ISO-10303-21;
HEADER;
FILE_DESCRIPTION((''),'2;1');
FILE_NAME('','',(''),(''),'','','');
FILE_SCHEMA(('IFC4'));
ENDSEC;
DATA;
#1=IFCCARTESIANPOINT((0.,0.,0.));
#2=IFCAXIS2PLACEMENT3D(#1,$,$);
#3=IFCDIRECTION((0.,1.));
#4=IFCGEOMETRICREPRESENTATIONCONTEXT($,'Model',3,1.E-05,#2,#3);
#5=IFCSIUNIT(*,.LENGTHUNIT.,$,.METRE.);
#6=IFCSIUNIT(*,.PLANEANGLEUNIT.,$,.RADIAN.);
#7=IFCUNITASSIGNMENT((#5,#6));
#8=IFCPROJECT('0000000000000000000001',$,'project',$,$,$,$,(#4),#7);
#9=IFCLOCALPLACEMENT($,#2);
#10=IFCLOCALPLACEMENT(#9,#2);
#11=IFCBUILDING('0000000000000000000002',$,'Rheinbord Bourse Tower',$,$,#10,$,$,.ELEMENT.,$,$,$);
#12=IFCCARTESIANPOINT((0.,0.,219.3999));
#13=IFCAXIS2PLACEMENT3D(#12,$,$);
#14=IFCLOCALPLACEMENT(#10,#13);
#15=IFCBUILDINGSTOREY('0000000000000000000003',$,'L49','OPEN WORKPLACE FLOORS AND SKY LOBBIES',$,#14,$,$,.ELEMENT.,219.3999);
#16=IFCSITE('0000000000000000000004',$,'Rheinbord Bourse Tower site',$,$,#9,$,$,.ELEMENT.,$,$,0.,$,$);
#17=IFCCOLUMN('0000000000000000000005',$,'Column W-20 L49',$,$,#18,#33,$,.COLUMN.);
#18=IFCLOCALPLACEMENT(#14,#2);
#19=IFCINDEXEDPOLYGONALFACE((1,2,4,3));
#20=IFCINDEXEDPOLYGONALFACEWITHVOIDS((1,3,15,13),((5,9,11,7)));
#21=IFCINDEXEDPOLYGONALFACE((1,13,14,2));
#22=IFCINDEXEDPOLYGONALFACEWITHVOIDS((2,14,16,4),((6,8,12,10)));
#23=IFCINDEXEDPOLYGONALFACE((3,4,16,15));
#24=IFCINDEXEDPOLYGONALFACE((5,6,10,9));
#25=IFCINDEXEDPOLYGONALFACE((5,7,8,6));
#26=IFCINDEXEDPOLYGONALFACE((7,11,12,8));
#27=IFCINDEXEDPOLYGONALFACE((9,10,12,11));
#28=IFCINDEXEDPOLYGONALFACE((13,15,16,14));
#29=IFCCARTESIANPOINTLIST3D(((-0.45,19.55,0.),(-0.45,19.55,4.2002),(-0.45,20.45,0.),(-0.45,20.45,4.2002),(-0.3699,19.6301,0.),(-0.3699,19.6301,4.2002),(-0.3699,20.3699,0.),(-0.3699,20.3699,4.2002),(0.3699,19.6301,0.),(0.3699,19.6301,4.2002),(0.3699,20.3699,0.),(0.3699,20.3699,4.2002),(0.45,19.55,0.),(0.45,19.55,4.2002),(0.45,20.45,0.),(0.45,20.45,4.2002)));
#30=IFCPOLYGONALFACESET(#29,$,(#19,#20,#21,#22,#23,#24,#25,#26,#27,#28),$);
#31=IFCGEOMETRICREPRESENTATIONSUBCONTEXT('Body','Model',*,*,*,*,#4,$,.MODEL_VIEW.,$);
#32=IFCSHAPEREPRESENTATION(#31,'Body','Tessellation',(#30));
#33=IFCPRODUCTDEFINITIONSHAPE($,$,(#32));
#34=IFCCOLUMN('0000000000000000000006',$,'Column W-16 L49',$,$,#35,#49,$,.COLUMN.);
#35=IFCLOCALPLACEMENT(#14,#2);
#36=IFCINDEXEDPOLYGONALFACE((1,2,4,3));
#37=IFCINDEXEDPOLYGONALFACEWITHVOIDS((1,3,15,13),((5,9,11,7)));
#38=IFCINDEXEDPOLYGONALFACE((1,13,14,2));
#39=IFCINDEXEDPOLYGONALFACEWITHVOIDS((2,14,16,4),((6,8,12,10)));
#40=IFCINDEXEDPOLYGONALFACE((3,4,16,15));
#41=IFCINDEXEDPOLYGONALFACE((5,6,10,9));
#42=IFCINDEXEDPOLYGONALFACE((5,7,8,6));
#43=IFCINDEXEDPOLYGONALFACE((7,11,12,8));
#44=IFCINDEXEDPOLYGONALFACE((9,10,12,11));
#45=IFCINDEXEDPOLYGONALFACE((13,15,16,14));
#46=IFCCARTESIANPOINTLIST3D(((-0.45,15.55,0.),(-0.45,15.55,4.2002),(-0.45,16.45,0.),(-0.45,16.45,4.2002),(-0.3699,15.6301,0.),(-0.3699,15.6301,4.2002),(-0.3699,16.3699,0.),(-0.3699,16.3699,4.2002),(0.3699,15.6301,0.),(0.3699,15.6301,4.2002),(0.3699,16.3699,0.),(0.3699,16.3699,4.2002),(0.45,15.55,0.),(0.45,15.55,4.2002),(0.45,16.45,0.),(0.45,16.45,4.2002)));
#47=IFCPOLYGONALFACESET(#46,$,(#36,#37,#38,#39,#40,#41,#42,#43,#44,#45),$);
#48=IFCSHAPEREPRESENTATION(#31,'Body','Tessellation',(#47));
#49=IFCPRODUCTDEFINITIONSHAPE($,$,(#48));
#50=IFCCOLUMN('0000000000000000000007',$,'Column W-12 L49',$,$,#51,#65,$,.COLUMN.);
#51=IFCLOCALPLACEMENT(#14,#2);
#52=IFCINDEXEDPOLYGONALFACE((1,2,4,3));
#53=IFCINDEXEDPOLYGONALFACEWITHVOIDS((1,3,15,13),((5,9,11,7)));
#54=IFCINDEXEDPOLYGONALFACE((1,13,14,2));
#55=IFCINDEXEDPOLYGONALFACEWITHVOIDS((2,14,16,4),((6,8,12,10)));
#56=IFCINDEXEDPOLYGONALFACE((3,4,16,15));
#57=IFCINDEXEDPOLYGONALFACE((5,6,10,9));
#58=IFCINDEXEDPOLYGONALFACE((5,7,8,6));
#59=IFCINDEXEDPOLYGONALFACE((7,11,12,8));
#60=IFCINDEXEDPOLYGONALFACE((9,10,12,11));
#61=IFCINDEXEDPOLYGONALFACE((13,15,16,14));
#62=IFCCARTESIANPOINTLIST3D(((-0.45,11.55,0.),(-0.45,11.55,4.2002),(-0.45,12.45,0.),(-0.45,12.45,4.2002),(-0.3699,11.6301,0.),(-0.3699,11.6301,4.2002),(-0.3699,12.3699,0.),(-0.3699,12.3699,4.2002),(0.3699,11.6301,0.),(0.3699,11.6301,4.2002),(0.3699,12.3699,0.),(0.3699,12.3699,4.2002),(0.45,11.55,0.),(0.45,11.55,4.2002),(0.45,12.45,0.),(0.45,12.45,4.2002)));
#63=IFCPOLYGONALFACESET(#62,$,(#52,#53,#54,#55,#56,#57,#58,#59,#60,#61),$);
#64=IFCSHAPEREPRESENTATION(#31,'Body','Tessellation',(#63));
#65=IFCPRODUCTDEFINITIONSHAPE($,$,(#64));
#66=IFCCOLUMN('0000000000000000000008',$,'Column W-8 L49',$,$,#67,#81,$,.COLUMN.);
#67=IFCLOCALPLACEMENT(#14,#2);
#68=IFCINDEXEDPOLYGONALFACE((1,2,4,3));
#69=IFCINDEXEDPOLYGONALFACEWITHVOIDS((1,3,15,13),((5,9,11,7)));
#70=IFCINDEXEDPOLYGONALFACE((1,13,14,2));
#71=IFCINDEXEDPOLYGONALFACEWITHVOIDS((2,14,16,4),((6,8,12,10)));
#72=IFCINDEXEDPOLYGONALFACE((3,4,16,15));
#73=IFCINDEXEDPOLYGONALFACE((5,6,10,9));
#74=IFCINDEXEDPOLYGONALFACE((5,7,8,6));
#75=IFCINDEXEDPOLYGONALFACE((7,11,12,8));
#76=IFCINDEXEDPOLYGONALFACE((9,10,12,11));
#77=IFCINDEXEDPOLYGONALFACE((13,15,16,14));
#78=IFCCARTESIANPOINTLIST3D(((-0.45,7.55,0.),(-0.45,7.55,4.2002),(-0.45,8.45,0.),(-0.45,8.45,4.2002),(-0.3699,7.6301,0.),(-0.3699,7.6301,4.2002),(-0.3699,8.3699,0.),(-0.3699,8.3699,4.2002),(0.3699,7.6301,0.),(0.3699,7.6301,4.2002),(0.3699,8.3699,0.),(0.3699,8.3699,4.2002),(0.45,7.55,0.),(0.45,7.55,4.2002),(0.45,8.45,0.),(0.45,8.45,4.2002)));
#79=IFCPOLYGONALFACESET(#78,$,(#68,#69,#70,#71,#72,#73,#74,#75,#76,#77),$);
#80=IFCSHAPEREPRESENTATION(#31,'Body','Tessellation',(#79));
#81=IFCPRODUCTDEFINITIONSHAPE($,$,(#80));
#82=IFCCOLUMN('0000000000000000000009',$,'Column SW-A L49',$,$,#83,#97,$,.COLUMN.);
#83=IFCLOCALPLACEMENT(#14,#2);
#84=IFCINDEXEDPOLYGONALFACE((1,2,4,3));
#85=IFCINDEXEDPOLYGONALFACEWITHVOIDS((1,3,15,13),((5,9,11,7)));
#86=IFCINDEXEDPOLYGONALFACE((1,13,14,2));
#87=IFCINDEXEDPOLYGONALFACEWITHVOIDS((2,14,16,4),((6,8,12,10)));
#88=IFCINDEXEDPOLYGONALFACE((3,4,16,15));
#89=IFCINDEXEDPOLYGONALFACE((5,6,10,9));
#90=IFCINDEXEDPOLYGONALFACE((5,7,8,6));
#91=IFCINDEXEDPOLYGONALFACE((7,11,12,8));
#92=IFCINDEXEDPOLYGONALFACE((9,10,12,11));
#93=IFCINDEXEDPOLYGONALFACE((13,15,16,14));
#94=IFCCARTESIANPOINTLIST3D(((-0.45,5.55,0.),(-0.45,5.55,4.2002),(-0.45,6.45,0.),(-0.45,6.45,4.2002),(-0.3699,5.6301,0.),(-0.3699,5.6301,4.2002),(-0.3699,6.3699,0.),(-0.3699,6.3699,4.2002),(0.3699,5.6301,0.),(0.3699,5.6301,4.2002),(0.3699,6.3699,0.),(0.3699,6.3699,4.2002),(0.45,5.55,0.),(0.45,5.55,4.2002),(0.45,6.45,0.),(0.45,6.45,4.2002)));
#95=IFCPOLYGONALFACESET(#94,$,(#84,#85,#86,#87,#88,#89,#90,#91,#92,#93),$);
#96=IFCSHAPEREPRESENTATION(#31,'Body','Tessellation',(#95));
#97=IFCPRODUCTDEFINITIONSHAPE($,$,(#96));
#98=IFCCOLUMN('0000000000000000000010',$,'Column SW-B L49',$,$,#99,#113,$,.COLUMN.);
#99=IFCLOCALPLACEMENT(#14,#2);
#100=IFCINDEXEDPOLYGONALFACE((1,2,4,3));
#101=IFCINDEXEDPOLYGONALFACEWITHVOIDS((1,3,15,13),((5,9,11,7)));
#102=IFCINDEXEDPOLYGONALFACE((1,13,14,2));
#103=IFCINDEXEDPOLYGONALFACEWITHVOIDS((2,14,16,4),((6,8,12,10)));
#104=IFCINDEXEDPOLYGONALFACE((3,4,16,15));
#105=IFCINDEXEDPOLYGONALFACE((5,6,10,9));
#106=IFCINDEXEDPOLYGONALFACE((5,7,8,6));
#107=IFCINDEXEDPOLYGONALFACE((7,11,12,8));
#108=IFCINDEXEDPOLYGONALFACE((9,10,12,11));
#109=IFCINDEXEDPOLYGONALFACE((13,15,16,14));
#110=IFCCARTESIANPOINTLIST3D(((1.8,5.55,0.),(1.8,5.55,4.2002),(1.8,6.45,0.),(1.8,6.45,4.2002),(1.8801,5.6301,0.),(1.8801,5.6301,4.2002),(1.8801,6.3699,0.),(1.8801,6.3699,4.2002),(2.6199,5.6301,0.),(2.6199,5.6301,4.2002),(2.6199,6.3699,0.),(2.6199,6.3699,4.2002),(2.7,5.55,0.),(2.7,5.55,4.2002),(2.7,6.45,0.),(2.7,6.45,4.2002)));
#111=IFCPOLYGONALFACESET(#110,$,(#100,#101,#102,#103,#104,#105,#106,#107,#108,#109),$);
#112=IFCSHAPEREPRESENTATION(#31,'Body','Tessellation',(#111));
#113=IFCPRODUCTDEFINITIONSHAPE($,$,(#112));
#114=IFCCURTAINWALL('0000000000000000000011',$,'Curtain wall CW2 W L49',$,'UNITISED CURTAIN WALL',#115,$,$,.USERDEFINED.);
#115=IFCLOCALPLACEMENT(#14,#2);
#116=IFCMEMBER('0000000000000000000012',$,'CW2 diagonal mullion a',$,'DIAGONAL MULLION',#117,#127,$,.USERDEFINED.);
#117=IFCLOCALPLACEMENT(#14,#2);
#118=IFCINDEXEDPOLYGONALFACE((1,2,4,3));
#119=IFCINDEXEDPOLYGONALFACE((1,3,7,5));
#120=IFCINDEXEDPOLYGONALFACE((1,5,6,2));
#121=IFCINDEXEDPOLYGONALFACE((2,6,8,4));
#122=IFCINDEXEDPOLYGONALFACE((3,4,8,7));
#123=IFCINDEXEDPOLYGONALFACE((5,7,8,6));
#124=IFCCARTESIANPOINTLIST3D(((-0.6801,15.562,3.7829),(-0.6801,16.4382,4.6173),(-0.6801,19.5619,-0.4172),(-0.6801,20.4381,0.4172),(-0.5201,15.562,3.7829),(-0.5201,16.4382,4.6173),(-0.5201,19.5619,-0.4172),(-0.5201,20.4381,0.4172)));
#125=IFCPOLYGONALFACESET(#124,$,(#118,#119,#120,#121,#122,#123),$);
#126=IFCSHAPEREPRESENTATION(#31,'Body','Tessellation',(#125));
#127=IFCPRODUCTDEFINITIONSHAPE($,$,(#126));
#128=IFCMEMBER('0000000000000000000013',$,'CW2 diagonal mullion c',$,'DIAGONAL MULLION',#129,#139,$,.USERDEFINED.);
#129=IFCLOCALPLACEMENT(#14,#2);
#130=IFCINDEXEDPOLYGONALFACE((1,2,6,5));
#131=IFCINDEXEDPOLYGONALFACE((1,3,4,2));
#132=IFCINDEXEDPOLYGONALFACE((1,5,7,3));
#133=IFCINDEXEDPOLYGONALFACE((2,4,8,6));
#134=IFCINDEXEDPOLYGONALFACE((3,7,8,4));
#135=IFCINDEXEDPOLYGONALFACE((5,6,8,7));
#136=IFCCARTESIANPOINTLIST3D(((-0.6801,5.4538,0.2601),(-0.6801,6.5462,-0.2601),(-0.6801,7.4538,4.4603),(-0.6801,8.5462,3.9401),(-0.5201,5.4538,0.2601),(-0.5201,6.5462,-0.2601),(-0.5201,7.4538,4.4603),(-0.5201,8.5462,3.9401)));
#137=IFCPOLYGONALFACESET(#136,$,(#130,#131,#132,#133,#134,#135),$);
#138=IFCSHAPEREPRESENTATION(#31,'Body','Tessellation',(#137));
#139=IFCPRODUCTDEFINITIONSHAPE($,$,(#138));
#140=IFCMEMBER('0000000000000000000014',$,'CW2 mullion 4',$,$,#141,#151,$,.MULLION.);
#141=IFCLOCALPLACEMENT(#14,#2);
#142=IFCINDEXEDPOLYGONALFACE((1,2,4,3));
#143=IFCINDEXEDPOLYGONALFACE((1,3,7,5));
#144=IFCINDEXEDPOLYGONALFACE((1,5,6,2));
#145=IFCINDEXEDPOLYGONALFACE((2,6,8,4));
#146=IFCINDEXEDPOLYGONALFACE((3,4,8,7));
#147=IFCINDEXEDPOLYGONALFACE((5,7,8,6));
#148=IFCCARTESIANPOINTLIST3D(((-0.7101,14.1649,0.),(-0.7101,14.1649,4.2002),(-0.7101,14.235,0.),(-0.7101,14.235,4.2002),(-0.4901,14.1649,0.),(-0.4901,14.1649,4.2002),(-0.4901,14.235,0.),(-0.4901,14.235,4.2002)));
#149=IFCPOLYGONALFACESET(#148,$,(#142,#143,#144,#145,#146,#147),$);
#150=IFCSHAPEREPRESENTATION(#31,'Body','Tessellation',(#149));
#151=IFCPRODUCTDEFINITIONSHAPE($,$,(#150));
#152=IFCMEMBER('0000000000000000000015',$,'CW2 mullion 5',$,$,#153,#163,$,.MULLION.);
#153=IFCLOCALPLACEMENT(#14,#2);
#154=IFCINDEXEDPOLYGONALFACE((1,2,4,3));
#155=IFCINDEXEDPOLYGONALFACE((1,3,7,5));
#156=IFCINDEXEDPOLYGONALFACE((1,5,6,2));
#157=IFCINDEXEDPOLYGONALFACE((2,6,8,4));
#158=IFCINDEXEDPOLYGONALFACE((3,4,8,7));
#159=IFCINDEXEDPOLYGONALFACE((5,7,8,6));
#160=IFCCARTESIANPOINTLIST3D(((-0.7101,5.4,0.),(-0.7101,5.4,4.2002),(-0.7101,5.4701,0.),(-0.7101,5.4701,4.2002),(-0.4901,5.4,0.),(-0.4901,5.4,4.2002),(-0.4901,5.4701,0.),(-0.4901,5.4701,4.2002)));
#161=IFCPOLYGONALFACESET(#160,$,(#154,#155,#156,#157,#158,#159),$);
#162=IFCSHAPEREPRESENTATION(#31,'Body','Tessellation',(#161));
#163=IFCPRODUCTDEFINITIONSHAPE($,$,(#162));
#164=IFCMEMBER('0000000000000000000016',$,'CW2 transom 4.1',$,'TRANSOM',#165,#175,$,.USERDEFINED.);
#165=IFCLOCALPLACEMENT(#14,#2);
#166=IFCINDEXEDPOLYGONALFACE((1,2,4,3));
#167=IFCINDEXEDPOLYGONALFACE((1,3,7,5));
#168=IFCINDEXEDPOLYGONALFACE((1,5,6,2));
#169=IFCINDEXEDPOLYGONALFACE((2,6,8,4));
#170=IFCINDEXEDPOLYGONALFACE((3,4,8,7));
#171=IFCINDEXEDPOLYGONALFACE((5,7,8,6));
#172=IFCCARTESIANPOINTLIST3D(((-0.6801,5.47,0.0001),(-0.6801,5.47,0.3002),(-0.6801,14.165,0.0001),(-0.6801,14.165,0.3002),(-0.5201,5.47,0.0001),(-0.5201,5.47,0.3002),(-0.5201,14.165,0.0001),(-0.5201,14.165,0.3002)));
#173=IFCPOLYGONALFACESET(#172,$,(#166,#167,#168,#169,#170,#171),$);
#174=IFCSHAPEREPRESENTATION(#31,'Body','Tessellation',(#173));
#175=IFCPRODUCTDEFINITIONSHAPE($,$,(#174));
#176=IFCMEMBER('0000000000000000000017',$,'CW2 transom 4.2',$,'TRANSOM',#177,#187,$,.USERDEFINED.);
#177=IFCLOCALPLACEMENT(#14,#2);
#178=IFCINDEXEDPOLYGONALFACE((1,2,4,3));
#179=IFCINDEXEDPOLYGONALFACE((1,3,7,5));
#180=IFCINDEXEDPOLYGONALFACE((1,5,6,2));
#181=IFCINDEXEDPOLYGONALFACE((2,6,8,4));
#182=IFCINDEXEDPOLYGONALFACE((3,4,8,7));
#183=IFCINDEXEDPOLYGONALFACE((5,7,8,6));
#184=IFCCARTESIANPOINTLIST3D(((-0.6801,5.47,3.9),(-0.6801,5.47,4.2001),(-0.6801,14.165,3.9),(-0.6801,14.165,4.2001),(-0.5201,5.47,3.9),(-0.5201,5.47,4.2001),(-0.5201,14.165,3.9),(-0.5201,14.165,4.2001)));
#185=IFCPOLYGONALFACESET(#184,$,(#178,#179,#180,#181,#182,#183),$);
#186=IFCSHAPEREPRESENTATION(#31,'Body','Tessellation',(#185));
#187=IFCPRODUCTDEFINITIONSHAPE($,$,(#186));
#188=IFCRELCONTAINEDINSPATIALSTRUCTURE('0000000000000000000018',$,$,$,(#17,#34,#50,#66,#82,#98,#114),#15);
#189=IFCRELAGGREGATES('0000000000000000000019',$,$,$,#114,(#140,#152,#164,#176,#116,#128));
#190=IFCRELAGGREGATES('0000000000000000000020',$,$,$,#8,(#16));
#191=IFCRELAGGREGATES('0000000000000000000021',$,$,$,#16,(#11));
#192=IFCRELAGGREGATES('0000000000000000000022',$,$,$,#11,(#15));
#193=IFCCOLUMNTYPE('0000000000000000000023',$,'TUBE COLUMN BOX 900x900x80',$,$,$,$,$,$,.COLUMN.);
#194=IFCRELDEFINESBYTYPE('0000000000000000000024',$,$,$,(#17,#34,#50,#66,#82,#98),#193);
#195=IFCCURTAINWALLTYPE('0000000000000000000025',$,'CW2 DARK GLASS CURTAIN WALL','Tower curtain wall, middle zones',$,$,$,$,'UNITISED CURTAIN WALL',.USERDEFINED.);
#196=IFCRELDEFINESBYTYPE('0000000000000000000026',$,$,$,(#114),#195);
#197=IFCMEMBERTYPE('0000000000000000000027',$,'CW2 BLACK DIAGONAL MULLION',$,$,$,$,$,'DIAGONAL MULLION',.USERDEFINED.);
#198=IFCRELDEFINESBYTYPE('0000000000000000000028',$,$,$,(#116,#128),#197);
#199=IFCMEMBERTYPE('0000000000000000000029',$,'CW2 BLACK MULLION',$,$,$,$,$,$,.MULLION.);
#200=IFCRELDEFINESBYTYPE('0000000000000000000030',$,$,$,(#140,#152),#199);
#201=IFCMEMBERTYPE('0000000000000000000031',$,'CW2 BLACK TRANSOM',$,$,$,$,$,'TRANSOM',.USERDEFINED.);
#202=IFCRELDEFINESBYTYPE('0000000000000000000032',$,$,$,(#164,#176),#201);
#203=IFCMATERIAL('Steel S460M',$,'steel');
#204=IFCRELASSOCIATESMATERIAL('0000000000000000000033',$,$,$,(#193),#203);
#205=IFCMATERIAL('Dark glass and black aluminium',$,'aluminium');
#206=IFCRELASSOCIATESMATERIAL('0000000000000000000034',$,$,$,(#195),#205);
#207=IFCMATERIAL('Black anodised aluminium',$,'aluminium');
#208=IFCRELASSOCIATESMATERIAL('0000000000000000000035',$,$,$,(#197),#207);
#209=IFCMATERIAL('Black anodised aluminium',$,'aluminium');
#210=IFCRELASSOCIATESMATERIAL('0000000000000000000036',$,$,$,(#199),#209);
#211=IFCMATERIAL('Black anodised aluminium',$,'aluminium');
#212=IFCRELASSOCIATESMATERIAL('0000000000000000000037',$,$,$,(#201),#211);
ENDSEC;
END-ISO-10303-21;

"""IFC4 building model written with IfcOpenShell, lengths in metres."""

from ifc_helpers import new_model, si_unit, direction, frame, origin, origin_2d, place, context, subcontext, project, spatial, rectangle, hollow_rectangle, extrude, material, material_profile, profile_set, type_object, element, aggregate, save


model = new_model("IFC4")

# Units and contexts
model_context = context("Model", 3, precision=1e-05, world=origin(), true_north=direction((0.0, 1.0)))
body_context = subcontext(model_context, "Body", "Model", "MODEL_VIEW")
ifc_project = project(units=[si_unit("LENGTHUNIT", "METRE"), si_unit("PLANEANGLEUNIT", "RADIAN")], contexts=[model_context])

# Site, building, storey
site_placement = place(None, origin())
site = spatial("IfcSite", under=ifc_project, at=site_placement, Name="Rheinbord Bourse Tower site", CompositionType="ELEMENT", RefElevation=0.0)
building_placement = place(site_placement, origin())
building = spatial("IfcBuilding", under=site, at=building_placement, Name="Rheinbord Bourse Tower", CompositionType="ELEMENT")
storey_placement = place(building_placement, frame((0.0, 0.0, 219.3999)))
storey = spatial("IfcBuildingStorey", under=building, at=storey_placement, Name="L49", Description="OPEN WORKPLACE FLOORS AND SKY LOBBIES", CompositionType="ELEMENT", Elevation=219.3999)

# Columns
ifc_material_1 = material(Name="Steel S460M", Category="steel")
ifc_material_profile_1 = material_profile(ifc_material_1, hollow_rectangle(XDim=0.8999, YDim=0.8999, WallThickness=0.0801, at=origin_2d()), Name="BOX 900x900x80")
ifc_profile_set_1 = profile_set([ifc_material_profile_1], Name="Steel S460M")
column_type = type_object("IfcColumnType", Name="TUBE COLUMN BOX 900x900x80", PredefinedType="COLUMN", material=ifc_profile_set_1)
for number, where, z_axis, x_axis, name in (
    (1, (0.0, 20.0, 0.0), (0.0, 0.0, 1.0), (1.0, 0.0, 0.0), "Column W-20 L49"),
    (2, (0.0, 16.0, 0.0), (0.0, 0.0, 1.0), (1.0, 0.0, 0.0), "Column W-16 L49"),
    (3, (0.0, 12.0, 0.0), (0.0, 0.0, 1.0), (1.0, 0.0, 0.0), "Column W-12 L49"),
    (4, (0.0, 8.0, 0.0), (0.0, 0.0, 1.0), (1.0, 0.0, 0.0), "Column W-8 L49"),
    (5, (0.0, 6.0, 0.0), (0.0, 0.0, 1.0), (1.0, 0.0, 0.0), "Column SW-A L49"),
    (6, (2.25, 6.0, 0.0), (0.0, 0.0, 1.0), (1.0, 0.0, 0.0), "Column SW-B L49"),
):
    element("IfcColumn", number, at=place(storey_placement, frame(where, z_axis=z_axis, x_axis=x_axis)), inside=storey, type_object=column_type, Name=name, PredefinedType="COLUMN", context=body_context, shape_type="SweptSolid", body=[
        extrude(hollow_rectangle(XDim=0.8999, YDim=0.8999, WallThickness=0.0801, at=origin_2d()), origin(), (0.0, 0.0, 1.0), 4.2002),
    ])

# Curtain wall, members
ifc_material_2 = material(Name="Dark glass and black aluminium", Category="aluminium")
curtain_wall_type = type_object("IfcCurtainWallType", Name="CW2 DARK GLASS CURTAIN WALL", Description="Tower curtain wall, middle zones", ElementType="UNITISED CURTAIN WALL", PredefinedType="USERDEFINED", material=ifc_material_2)
curtain_wall_placement = place(storey_placement, origin())
curtain_wall = element("IfcCurtainWall", 7, at=curtain_wall_placement, inside=storey, type_object=curtain_wall_type, Name="Curtain wall CW2 W L49", ObjectType="UNITISED CURTAIN WALL", PredefinedType="USERDEFINED")
ifc_material_3 = material(Name="Black anodised aluminium", Category="aluminium")
ifc_material_profile_2 = material_profile(ifc_material_3, rectangle(XDim=0.1599, YDim=1.21, at=origin_2d()), Name="CW2 DIAGONAL MULLION 1210x160")
ifc_profile_set_2 = profile_set([ifc_material_profile_2], Name="Black anodised aluminium")
member_type_1 = type_object("IfcMemberType", Name="CW2 BLACK DIAGONAL MULLION", ElementType="DIAGONAL MULLION", PredefinedType="USERDEFINED", material=ifc_profile_set_2)
member_1_placement = place(storey_placement, frame((-0.6001, 20.0, 0.0), z_axis=(0.0, -0.689638, 0.724154), x_axis=(1.0, 0.0, 0.0)))
member_1 = element("IfcMember", 8, at=member_1_placement, type_object=member_type_1, Name="CW2 diagonal mullion a", ObjectType="DIAGONAL MULLION", PredefinedType="USERDEFINED", context=body_context, shape_type="SweptSolid", body=[
    extrude(rectangle(XDim=0.1599, YDim=1.21, at=origin_2d()), origin(), (0.0, 0.0, 1.0), 5.8),
])
member_2_placement = place(storey_placement, frame((-0.6001, 6.0, 0.0), z_axis=(0.0, 0.429917, 0.902868), x_axis=(-1.0, 0.0, 0.0)))
member_2 = element("IfcMember", 9, at=member_2_placement, type_object=member_type_1, Name="CW2 diagonal mullion c", ObjectType="DIAGONAL MULLION", PredefinedType="USERDEFINED", context=body_context, shape_type="SweptSolid", body=[
    extrude(rectangle(XDim=0.1599, YDim=1.21, at=origin_2d()), origin(), (0.0, 0.0, 1.0), 4.6521),
])
ifc_material_4 = material(Name="Black anodised aluminium", Category="aluminium")
ifc_material_profile_3 = material_profile(ifc_material_4, rectangle(XDim=0.22, YDim=0.0701, at=origin_2d()), Name="CW2 MULLION 70x220")
ifc_profile_set_3 = profile_set([ifc_material_profile_3], Name="Black anodised aluminium")
member_type_2 = type_object("IfcMemberType", Name="CW2 BLACK MULLION", PredefinedType="MULLION", material=ifc_profile_set_3)
member_3_placement = place(storey_placement, frame((-0.6001, 14.2, 0.0), z_axis=(0.0, 0.0, 1.0), x_axis=(1.0, 0.0, 0.0)))
member_3 = element("IfcMember", 10, at=member_3_placement, type_object=member_type_2, Name="CW2 mullion 4", PredefinedType="MULLION", context=body_context, shape_type="SweptSolid", body=[
    extrude(rectangle(XDim=0.22, YDim=0.0701, at=origin_2d()), origin(), (0.0, 0.0, 1.0), 4.2002),
])
member_4_placement = place(storey_placement, frame((-0.6001, 5.4351, 0.0), z_axis=(0.0, 0.0, 1.0), x_axis=(1.0, 0.0, 0.0)))
member_4 = element("IfcMember", 11, at=member_4_placement, type_object=member_type_2, Name="CW2 mullion 5", PredefinedType="MULLION", context=body_context, shape_type="SweptSolid", body=[
    extrude(rectangle(XDim=0.22, YDim=0.0701, at=origin_2d()), origin(), (0.0, 0.0, 1.0), 4.2002),
])
ifc_material_5 = material(Name="Black anodised aluminium", Category="aluminium")
ifc_material_profile_4 = material_profile(ifc_material_5, rectangle(XDim=0.1599, YDim=0.3, at=origin_2d()), Name="CW2 TRANSOM 300x160")
ifc_profile_set_4 = profile_set([ifc_material_profile_4], Name="Black anodised aluminium")
member_type_3 = type_object("IfcMemberType", Name="CW2 BLACK TRANSOM", ElementType="TRANSOM", PredefinedType="USERDEFINED", material=ifc_profile_set_4)
member_5_placement = place(storey_placement, frame((-0.6001, 14.165, 0.1501), z_axis=(0.0, -1.0, 0.0), x_axis=(1.0, 0.0, 0.0)))
member_5 = element("IfcMember", 12, at=member_5_placement, type_object=member_type_3, Name="CW2 transom 4.1", ObjectType="TRANSOM", PredefinedType="USERDEFINED", context=body_context, shape_type="SweptSolid", body=[
    extrude(rectangle(XDim=0.1599, YDim=0.3, at=origin_2d()), origin(), (0.0, 0.0, 1.0), 8.6951),
])
member_6_placement = place(storey_placement, frame((-0.6001, 14.165, 4.05), z_axis=(0.0, -1.0, 0.0), x_axis=(1.0, 0.0, 0.0)))
member_6 = element("IfcMember", 13, at=member_6_placement, type_object=member_type_3, Name="CW2 transom 4.2", ObjectType="TRANSOM", PredefinedType="USERDEFINED", context=body_context, shape_type="SweptSolid", body=[
    extrude(rectangle(XDim=0.1599, YDim=0.3, at=origin_2d()), origin(), (0.0, 0.0, 1.0), 8.6951),
])

aggregate(curtain_wall, [member_3, member_4, member_5, member_6, member_1, member_2])

save(model, "model.ifc")
